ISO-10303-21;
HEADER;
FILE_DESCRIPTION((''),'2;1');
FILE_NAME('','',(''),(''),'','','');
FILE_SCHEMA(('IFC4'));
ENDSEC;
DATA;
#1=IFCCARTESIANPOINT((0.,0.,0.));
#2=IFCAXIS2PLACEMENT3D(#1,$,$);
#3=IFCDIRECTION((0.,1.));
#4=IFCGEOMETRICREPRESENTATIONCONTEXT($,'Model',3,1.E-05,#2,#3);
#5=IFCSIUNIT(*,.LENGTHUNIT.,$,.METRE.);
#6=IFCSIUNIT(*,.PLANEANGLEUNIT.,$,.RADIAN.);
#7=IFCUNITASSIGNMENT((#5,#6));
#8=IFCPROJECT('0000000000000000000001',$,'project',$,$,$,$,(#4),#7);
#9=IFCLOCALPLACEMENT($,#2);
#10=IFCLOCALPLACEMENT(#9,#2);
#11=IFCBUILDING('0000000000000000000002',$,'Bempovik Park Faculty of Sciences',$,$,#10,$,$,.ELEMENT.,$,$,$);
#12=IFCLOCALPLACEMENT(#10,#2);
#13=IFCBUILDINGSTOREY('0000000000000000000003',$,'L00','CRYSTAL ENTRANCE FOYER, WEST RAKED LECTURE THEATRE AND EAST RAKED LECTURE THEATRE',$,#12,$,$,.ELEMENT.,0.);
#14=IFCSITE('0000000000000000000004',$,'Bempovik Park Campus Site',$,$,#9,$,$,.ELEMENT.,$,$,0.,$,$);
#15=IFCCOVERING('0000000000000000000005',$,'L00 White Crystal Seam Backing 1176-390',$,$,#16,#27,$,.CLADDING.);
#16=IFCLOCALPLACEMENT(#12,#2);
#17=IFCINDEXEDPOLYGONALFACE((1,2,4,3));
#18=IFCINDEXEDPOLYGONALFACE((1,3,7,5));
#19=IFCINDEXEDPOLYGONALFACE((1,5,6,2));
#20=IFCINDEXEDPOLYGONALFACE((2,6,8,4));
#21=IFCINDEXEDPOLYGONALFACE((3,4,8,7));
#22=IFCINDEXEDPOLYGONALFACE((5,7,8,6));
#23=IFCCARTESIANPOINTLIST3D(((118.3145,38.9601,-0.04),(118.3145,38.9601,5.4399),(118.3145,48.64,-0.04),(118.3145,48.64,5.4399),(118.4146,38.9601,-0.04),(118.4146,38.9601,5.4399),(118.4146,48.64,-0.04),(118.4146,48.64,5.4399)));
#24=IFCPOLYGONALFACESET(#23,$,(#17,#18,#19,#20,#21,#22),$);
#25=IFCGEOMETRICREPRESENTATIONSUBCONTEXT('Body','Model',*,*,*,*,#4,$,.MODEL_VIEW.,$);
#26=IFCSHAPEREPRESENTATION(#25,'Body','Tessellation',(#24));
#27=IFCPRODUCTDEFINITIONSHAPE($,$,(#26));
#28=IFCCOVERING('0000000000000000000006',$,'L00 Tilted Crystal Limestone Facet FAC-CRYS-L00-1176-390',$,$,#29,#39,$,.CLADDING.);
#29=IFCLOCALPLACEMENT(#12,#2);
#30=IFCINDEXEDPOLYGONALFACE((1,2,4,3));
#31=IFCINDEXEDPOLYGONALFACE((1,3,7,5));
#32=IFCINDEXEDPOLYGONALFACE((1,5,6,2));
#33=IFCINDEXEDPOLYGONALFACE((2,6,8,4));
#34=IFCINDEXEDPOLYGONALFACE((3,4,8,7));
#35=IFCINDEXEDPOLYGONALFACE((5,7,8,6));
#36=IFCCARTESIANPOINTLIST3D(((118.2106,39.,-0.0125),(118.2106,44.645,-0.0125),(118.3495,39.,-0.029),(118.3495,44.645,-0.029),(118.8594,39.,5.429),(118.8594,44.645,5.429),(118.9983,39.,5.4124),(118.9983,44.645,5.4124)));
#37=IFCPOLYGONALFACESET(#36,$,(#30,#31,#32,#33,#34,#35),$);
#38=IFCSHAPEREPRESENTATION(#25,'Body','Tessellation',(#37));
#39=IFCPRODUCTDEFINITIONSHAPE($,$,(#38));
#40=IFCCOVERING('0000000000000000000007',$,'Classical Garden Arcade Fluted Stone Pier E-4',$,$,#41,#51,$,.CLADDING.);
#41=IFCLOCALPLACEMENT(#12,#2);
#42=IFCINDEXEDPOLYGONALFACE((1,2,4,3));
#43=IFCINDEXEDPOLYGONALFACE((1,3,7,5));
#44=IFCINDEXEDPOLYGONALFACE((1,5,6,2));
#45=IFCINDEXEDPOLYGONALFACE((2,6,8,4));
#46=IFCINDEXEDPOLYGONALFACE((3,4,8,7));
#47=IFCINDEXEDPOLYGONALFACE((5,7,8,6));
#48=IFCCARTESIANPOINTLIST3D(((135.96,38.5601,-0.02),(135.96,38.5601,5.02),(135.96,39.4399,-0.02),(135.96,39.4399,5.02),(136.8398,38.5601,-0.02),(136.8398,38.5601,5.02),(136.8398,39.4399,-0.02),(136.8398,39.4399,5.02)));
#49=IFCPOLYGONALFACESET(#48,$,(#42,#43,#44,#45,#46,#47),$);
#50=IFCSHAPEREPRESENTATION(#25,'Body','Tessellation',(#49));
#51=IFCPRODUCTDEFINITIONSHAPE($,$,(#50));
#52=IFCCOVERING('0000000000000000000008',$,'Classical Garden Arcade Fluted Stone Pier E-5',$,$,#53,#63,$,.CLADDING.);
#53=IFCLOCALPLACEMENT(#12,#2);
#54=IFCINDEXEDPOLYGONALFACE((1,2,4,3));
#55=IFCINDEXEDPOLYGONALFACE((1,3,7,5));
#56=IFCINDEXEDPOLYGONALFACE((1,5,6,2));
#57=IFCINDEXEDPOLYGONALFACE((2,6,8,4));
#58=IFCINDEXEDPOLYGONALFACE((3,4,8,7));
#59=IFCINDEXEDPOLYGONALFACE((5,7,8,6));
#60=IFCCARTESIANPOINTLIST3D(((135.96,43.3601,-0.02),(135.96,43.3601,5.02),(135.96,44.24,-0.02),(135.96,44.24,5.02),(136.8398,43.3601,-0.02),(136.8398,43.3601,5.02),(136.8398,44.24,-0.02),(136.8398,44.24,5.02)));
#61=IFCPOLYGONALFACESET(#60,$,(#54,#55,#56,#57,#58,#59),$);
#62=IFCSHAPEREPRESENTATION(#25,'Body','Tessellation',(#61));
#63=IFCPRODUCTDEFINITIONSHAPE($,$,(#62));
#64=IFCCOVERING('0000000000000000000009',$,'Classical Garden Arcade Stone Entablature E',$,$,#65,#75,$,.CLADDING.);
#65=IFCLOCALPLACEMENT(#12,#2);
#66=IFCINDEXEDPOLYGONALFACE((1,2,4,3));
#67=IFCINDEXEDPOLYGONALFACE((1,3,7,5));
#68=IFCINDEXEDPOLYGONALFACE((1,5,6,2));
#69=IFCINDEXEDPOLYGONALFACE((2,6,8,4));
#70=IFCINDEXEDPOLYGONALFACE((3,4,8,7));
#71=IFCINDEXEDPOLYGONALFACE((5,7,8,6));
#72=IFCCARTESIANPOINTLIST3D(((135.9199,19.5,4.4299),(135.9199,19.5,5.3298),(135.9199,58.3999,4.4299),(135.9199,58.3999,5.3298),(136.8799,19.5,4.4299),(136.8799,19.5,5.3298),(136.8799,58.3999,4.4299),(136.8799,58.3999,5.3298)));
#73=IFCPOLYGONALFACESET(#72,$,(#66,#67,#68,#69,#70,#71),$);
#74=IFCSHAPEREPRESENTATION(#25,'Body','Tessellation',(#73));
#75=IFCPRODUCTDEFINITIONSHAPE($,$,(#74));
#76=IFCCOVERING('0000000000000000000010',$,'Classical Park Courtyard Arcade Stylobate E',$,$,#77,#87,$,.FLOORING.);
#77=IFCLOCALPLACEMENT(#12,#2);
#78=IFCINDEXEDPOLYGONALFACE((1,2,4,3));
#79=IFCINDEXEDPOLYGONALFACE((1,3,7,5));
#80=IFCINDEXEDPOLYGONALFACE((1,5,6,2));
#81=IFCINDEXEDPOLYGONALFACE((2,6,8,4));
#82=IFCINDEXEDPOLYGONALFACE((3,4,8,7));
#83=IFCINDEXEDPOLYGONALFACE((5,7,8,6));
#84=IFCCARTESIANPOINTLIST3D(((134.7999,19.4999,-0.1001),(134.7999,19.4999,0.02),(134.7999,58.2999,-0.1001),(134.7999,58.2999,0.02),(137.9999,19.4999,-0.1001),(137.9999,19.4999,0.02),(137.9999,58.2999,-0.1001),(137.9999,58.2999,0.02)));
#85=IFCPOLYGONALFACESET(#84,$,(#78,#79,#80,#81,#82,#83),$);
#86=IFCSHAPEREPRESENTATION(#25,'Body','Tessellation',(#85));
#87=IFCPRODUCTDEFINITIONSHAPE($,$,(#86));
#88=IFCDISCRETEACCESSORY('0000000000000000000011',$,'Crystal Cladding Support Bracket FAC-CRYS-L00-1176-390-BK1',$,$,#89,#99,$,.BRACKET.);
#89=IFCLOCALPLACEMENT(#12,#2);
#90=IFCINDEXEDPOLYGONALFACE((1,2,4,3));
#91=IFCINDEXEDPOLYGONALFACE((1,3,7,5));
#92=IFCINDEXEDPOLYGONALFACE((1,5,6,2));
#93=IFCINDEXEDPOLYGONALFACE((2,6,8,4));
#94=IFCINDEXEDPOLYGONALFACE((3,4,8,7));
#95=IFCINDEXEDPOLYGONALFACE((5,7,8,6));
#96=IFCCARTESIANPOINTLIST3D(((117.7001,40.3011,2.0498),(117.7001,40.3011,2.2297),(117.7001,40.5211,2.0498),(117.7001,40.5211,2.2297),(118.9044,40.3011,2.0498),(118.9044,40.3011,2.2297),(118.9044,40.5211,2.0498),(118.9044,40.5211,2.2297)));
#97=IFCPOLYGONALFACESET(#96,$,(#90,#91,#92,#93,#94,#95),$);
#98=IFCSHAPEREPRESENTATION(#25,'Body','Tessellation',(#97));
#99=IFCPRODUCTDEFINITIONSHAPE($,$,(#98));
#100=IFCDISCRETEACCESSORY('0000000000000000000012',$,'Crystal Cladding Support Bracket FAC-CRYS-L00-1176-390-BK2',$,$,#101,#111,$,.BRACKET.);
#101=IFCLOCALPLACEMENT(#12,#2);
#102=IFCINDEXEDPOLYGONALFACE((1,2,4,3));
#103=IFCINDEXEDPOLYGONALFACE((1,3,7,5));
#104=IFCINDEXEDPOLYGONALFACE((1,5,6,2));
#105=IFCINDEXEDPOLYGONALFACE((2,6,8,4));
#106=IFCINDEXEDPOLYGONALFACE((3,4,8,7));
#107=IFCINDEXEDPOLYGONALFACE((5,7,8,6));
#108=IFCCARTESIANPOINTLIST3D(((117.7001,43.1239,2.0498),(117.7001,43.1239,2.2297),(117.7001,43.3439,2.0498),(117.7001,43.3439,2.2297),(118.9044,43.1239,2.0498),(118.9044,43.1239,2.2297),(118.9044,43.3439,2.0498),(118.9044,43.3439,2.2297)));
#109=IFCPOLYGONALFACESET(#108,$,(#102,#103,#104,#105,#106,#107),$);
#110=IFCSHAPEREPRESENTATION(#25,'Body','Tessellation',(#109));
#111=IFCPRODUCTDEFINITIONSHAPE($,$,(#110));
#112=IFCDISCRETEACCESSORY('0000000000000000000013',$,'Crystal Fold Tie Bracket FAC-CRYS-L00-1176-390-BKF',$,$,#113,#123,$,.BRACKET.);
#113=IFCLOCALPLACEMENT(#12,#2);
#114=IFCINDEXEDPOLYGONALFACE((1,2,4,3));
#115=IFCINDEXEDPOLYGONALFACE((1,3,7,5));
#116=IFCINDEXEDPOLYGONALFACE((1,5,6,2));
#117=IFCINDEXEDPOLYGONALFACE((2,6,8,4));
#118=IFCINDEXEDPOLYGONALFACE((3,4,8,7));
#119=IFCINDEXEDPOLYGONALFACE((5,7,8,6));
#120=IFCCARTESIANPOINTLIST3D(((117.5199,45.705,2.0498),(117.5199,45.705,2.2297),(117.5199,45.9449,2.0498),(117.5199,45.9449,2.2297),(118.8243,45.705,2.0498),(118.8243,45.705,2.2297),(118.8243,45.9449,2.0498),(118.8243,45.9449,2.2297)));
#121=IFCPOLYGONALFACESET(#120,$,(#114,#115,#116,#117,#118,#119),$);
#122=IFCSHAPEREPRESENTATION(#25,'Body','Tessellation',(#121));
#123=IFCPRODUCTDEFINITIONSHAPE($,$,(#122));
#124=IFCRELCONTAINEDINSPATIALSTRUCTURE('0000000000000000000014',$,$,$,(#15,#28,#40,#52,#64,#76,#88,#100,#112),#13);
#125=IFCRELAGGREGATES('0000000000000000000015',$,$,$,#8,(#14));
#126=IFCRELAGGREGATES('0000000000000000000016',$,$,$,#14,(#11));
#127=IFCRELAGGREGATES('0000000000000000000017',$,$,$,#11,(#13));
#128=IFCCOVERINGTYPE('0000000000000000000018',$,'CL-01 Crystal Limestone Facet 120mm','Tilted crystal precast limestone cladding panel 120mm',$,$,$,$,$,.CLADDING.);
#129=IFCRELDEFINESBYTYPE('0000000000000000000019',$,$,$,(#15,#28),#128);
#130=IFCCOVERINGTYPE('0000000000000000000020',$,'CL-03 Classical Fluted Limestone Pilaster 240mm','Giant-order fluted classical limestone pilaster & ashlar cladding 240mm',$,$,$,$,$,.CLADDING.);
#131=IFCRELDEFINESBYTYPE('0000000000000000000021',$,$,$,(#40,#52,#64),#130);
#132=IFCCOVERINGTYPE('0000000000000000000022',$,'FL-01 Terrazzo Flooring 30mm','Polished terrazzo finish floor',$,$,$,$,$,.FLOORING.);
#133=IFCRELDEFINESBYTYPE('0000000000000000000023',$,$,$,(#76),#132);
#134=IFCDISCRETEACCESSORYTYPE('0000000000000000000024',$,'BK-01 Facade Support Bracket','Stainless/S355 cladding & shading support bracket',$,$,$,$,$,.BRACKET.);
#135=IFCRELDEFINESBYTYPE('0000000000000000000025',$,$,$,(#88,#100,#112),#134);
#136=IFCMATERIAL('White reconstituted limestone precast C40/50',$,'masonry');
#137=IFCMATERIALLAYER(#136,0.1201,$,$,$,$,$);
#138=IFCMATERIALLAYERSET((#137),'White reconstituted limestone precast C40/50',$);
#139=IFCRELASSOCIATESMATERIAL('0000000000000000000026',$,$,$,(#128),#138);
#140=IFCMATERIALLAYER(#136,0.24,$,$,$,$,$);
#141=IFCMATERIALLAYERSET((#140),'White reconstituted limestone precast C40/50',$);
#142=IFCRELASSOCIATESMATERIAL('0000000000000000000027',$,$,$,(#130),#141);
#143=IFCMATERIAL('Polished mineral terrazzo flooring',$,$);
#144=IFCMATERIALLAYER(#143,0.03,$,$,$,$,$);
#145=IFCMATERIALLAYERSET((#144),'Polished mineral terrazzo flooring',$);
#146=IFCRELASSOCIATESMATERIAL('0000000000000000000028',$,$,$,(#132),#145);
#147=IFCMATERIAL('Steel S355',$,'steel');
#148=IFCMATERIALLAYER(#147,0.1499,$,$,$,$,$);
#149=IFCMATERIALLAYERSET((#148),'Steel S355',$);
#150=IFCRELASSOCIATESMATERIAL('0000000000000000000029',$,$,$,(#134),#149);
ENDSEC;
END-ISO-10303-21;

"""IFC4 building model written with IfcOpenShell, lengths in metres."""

from ifc_helpers import new_model, si_unit, direction, frame, origin, origin_2d, place, context, subcontext, project, spatial, rectangle, extrude, material, layer, layer_set, type_object, element, save


model = new_model("IFC4")

# Units and contexts
model_context = context("Model", 3, precision=1e-05, world=origin(), true_north=direction((0.0, 1.0)))
body_context = subcontext(model_context, "Body", "Model", "MODEL_VIEW")
ifc_project = project(units=[si_unit("LENGTHUNIT", "METRE"), si_unit("PLANEANGLEUNIT", "RADIAN")], contexts=[model_context])

# Site, building, storey
site_placement = place(None, origin())
site = spatial("IfcSite", under=ifc_project, at=site_placement, Name="Bempovik Park Campus Site", CompositionType="ELEMENT", RefElevation=0.0)
building_placement = place(site_placement, origin())
building = spatial("IfcBuilding", under=site, at=building_placement, Name="Bempovik Park Faculty of Sciences", CompositionType="ELEMENT")
storey_placement = place(building_placement, origin())
storey = spatial("IfcBuildingStorey", under=building, at=storey_placement, Name="L00", Description="CRYSTAL ENTRANCE FOYER, WEST RAKED LECTURE THEATRE AND EAST RAKED LECTURE THEATRE", CompositionType="ELEMENT", Elevation=0.0)

# Coverings
ifc_material_1 = material(Name="White reconstituted limestone precast C40/50", Category="masonry")
ifc_layer_1 = layer(ifc_material_1, 0.1201)
ifc_layer_set_1 = layer_set([ifc_layer_1], Name="White reconstituted limestone precast C40/50")
covering_type_1 = type_object("IfcCoveringType", Name="CL-01 Crystal Limestone Facet 120mm", Description="Tilted crystal precast limestone cladding panel 120mm", PredefinedType="CLADDING", material=ifc_layer_set_1)
covering_1_placement = place(storey_placement, frame((118.3645, 43.8, -0.04), z_axis=(0.0, 0.0, 1.0), x_axis=(1.0, 0.0, 0.0)))
element("IfcCovering", 1, at=covering_1_placement, inside=storey, type_object=covering_type_1, Name="L00 White Crystal Seam Backing 1176-390", PredefinedType="CLADDING", context=body_context, shape_type="SweptSolid", body=[
    extrude(rectangle(XDim=0.1001, YDim=9.6799, at=origin_2d()), origin(), (0.0, 0.0, 1.0), 5.48),
])
covering_2_placement = place(storey_placement, frame((118.28, 41.8225, -0.0208), z_axis=(0.118404, 0.0, 0.992966), x_axis=(0.0, 1.0, 0.0)))
element("IfcCovering", 2, at=covering_2_placement, inside=storey, type_object=covering_type_1, Name="L00 Tilted Crystal Limestone Facet FAC-CRYS-L00-1176-390", PredefinedType="CLADDING", context=body_context, shape_type="SweptSolid", body=[
    extrude(rectangle(XDim=5.645, YDim=0.1399, at=origin_2d()), origin(), (0.0, 0.0, 1.0), 5.48),
])
ifc_layer_2 = layer(ifc_material_1, 0.24)
ifc_layer_set_2 = layer_set([ifc_layer_2], Name="White reconstituted limestone precast C40/50")
covering_type_2 = type_object("IfcCoveringType", Name="CL-03 Classical Fluted Limestone Pilaster 240mm", Description="Giant-order fluted classical limestone pilaster & ashlar cladding 240mm", PredefinedType="CLADDING", material=ifc_layer_set_2)
for number, where, z_axis, x_axis, name in (
    (3, (136.3999, 39.0, -0.02), (0.0, 0.0, 1.0), (1.0, 0.0, 0.0), "Classical Garden Arcade Fluted Stone Pier E-4"),
    (4, (136.3999, 43.8, -0.02), (0.0, 0.0, 1.0), (1.0, 0.0, 0.0), "Classical Garden Arcade Fluted Stone Pier E-5"),
):
    element("IfcCovering", number, at=place(storey_placement, frame(where, z_axis=z_axis, x_axis=x_axis)), inside=storey, type_object=covering_type_2, Name=name, PredefinedType="CLADDING", context=body_context, shape_type="SweptSolid", body=[
        extrude(rectangle(XDim=0.8799, YDim=0.8799, at=origin_2d()), origin(), (0.0, 0.0, 1.0), 5.04),
    ])
covering_3_placement = place(storey_placement, frame((136.3999, 38.95, 4.4299), z_axis=(0.0, 0.0, 1.0), x_axis=(1.0, 0.0, 0.0)))
element("IfcCovering", 5, at=covering_3_placement, inside=storey, type_object=covering_type_2, Name="Classical Garden Arcade Stone Entablature E", PredefinedType="CLADDING", context=body_context, shape_type="SweptSolid", body=[
    extrude(rectangle(XDim=0.96, YDim=38.8999, at=origin_2d()), origin(), (0.0, 0.0, 1.0), 0.8999),
])
ifc_material_2 = material(Name="Polished mineral terrazzo flooring")
ifc_layer_3 = layer(ifc_material_2, 0.03)
ifc_layer_set_3 = layer_set([ifc_layer_3], Name="Polished mineral terrazzo flooring")
covering_type_3 = type_object("IfcCoveringType", Name="FL-01 Terrazzo Flooring 30mm", Description="Polished terrazzo finish floor", PredefinedType="FLOORING", material=ifc_layer_set_3)
covering_4_placement = place(storey_placement, frame((136.3999, 38.8999, -0.1001), z_axis=(0.0, 0.0, 1.0), x_axis=(1.0, 0.0, 0.0)))
element("IfcCovering", 6, at=covering_4_placement, inside=storey, type_object=covering_type_3, Name="Classical Park Courtyard Arcade Stylobate E", PredefinedType="FLOORING", context=body_context, shape_type="SweptSolid", body=[
    extrude(rectangle(XDim=3.2, YDim=38.8, at=origin_2d()), origin(), (0.0, 0.0, 1.0), 0.1201),
])

# Discrete accessories
ifc_material_3 = material(Name="Steel S355", Category="steel")
ifc_layer_4 = layer(ifc_material_3, 0.1499)
ifc_layer_set_4 = layer_set([ifc_layer_4], Name="Steel S355")
discrete_accessory_type = type_object("IfcDiscreteAccessoryType", Name="BK-01 Facade Support Bracket", Description="Stainless/S355 cladding & shading support bracket", PredefinedType="BRACKET", material=ifc_layer_set_4)
for number, where, z_axis, x_axis, name in (
    (7, (118.3022, 40.4111, 2.0498), (0.0, 0.0, 1.0), (1.0, 0.0, 0.0), "Crystal Cladding Support Bracket FAC-CRYS-L00-1176-390-BK1"),
    (8, (118.3022, 43.2339, 2.0498), (0.0, 0.0, 1.0), (1.0, 0.0, 0.0), "Crystal Cladding Support Bracket FAC-CRYS-L00-1176-390-BK2"),
):
    element("IfcDiscreteAccessory", number, at=place(storey_placement, frame(where, z_axis=z_axis, x_axis=x_axis)), inside=storey, type_object=discrete_accessory_type, Name=name, PredefinedType="BRACKET", context=body_context, shape_type="SweptSolid", body=[
        extrude(rectangle(XDim=1.2043, YDim=0.22, at=origin_2d()), origin(), (0.0, 0.0, 1.0), 0.1799),
    ])
discrete_accessory_placement = place(storey_placement, frame((118.1721, 45.825, 2.0498), z_axis=(0.0, 0.0, 1.0), x_axis=(1.0, 0.0, 0.0)))
element("IfcDiscreteAccessory", 9, at=discrete_accessory_placement, inside=storey, type_object=discrete_accessory_type, Name="Crystal Fold Tie Bracket FAC-CRYS-L00-1176-390-BKF", PredefinedType="BRACKET", context=body_context, shape_type="SweptSolid", body=[
    extrude(rectangle(XDim=1.3044, YDim=0.24, at=origin_2d()), origin(), (0.0, 0.0, 1.0), 0.1799),
])

save(model, "model.ifc")
